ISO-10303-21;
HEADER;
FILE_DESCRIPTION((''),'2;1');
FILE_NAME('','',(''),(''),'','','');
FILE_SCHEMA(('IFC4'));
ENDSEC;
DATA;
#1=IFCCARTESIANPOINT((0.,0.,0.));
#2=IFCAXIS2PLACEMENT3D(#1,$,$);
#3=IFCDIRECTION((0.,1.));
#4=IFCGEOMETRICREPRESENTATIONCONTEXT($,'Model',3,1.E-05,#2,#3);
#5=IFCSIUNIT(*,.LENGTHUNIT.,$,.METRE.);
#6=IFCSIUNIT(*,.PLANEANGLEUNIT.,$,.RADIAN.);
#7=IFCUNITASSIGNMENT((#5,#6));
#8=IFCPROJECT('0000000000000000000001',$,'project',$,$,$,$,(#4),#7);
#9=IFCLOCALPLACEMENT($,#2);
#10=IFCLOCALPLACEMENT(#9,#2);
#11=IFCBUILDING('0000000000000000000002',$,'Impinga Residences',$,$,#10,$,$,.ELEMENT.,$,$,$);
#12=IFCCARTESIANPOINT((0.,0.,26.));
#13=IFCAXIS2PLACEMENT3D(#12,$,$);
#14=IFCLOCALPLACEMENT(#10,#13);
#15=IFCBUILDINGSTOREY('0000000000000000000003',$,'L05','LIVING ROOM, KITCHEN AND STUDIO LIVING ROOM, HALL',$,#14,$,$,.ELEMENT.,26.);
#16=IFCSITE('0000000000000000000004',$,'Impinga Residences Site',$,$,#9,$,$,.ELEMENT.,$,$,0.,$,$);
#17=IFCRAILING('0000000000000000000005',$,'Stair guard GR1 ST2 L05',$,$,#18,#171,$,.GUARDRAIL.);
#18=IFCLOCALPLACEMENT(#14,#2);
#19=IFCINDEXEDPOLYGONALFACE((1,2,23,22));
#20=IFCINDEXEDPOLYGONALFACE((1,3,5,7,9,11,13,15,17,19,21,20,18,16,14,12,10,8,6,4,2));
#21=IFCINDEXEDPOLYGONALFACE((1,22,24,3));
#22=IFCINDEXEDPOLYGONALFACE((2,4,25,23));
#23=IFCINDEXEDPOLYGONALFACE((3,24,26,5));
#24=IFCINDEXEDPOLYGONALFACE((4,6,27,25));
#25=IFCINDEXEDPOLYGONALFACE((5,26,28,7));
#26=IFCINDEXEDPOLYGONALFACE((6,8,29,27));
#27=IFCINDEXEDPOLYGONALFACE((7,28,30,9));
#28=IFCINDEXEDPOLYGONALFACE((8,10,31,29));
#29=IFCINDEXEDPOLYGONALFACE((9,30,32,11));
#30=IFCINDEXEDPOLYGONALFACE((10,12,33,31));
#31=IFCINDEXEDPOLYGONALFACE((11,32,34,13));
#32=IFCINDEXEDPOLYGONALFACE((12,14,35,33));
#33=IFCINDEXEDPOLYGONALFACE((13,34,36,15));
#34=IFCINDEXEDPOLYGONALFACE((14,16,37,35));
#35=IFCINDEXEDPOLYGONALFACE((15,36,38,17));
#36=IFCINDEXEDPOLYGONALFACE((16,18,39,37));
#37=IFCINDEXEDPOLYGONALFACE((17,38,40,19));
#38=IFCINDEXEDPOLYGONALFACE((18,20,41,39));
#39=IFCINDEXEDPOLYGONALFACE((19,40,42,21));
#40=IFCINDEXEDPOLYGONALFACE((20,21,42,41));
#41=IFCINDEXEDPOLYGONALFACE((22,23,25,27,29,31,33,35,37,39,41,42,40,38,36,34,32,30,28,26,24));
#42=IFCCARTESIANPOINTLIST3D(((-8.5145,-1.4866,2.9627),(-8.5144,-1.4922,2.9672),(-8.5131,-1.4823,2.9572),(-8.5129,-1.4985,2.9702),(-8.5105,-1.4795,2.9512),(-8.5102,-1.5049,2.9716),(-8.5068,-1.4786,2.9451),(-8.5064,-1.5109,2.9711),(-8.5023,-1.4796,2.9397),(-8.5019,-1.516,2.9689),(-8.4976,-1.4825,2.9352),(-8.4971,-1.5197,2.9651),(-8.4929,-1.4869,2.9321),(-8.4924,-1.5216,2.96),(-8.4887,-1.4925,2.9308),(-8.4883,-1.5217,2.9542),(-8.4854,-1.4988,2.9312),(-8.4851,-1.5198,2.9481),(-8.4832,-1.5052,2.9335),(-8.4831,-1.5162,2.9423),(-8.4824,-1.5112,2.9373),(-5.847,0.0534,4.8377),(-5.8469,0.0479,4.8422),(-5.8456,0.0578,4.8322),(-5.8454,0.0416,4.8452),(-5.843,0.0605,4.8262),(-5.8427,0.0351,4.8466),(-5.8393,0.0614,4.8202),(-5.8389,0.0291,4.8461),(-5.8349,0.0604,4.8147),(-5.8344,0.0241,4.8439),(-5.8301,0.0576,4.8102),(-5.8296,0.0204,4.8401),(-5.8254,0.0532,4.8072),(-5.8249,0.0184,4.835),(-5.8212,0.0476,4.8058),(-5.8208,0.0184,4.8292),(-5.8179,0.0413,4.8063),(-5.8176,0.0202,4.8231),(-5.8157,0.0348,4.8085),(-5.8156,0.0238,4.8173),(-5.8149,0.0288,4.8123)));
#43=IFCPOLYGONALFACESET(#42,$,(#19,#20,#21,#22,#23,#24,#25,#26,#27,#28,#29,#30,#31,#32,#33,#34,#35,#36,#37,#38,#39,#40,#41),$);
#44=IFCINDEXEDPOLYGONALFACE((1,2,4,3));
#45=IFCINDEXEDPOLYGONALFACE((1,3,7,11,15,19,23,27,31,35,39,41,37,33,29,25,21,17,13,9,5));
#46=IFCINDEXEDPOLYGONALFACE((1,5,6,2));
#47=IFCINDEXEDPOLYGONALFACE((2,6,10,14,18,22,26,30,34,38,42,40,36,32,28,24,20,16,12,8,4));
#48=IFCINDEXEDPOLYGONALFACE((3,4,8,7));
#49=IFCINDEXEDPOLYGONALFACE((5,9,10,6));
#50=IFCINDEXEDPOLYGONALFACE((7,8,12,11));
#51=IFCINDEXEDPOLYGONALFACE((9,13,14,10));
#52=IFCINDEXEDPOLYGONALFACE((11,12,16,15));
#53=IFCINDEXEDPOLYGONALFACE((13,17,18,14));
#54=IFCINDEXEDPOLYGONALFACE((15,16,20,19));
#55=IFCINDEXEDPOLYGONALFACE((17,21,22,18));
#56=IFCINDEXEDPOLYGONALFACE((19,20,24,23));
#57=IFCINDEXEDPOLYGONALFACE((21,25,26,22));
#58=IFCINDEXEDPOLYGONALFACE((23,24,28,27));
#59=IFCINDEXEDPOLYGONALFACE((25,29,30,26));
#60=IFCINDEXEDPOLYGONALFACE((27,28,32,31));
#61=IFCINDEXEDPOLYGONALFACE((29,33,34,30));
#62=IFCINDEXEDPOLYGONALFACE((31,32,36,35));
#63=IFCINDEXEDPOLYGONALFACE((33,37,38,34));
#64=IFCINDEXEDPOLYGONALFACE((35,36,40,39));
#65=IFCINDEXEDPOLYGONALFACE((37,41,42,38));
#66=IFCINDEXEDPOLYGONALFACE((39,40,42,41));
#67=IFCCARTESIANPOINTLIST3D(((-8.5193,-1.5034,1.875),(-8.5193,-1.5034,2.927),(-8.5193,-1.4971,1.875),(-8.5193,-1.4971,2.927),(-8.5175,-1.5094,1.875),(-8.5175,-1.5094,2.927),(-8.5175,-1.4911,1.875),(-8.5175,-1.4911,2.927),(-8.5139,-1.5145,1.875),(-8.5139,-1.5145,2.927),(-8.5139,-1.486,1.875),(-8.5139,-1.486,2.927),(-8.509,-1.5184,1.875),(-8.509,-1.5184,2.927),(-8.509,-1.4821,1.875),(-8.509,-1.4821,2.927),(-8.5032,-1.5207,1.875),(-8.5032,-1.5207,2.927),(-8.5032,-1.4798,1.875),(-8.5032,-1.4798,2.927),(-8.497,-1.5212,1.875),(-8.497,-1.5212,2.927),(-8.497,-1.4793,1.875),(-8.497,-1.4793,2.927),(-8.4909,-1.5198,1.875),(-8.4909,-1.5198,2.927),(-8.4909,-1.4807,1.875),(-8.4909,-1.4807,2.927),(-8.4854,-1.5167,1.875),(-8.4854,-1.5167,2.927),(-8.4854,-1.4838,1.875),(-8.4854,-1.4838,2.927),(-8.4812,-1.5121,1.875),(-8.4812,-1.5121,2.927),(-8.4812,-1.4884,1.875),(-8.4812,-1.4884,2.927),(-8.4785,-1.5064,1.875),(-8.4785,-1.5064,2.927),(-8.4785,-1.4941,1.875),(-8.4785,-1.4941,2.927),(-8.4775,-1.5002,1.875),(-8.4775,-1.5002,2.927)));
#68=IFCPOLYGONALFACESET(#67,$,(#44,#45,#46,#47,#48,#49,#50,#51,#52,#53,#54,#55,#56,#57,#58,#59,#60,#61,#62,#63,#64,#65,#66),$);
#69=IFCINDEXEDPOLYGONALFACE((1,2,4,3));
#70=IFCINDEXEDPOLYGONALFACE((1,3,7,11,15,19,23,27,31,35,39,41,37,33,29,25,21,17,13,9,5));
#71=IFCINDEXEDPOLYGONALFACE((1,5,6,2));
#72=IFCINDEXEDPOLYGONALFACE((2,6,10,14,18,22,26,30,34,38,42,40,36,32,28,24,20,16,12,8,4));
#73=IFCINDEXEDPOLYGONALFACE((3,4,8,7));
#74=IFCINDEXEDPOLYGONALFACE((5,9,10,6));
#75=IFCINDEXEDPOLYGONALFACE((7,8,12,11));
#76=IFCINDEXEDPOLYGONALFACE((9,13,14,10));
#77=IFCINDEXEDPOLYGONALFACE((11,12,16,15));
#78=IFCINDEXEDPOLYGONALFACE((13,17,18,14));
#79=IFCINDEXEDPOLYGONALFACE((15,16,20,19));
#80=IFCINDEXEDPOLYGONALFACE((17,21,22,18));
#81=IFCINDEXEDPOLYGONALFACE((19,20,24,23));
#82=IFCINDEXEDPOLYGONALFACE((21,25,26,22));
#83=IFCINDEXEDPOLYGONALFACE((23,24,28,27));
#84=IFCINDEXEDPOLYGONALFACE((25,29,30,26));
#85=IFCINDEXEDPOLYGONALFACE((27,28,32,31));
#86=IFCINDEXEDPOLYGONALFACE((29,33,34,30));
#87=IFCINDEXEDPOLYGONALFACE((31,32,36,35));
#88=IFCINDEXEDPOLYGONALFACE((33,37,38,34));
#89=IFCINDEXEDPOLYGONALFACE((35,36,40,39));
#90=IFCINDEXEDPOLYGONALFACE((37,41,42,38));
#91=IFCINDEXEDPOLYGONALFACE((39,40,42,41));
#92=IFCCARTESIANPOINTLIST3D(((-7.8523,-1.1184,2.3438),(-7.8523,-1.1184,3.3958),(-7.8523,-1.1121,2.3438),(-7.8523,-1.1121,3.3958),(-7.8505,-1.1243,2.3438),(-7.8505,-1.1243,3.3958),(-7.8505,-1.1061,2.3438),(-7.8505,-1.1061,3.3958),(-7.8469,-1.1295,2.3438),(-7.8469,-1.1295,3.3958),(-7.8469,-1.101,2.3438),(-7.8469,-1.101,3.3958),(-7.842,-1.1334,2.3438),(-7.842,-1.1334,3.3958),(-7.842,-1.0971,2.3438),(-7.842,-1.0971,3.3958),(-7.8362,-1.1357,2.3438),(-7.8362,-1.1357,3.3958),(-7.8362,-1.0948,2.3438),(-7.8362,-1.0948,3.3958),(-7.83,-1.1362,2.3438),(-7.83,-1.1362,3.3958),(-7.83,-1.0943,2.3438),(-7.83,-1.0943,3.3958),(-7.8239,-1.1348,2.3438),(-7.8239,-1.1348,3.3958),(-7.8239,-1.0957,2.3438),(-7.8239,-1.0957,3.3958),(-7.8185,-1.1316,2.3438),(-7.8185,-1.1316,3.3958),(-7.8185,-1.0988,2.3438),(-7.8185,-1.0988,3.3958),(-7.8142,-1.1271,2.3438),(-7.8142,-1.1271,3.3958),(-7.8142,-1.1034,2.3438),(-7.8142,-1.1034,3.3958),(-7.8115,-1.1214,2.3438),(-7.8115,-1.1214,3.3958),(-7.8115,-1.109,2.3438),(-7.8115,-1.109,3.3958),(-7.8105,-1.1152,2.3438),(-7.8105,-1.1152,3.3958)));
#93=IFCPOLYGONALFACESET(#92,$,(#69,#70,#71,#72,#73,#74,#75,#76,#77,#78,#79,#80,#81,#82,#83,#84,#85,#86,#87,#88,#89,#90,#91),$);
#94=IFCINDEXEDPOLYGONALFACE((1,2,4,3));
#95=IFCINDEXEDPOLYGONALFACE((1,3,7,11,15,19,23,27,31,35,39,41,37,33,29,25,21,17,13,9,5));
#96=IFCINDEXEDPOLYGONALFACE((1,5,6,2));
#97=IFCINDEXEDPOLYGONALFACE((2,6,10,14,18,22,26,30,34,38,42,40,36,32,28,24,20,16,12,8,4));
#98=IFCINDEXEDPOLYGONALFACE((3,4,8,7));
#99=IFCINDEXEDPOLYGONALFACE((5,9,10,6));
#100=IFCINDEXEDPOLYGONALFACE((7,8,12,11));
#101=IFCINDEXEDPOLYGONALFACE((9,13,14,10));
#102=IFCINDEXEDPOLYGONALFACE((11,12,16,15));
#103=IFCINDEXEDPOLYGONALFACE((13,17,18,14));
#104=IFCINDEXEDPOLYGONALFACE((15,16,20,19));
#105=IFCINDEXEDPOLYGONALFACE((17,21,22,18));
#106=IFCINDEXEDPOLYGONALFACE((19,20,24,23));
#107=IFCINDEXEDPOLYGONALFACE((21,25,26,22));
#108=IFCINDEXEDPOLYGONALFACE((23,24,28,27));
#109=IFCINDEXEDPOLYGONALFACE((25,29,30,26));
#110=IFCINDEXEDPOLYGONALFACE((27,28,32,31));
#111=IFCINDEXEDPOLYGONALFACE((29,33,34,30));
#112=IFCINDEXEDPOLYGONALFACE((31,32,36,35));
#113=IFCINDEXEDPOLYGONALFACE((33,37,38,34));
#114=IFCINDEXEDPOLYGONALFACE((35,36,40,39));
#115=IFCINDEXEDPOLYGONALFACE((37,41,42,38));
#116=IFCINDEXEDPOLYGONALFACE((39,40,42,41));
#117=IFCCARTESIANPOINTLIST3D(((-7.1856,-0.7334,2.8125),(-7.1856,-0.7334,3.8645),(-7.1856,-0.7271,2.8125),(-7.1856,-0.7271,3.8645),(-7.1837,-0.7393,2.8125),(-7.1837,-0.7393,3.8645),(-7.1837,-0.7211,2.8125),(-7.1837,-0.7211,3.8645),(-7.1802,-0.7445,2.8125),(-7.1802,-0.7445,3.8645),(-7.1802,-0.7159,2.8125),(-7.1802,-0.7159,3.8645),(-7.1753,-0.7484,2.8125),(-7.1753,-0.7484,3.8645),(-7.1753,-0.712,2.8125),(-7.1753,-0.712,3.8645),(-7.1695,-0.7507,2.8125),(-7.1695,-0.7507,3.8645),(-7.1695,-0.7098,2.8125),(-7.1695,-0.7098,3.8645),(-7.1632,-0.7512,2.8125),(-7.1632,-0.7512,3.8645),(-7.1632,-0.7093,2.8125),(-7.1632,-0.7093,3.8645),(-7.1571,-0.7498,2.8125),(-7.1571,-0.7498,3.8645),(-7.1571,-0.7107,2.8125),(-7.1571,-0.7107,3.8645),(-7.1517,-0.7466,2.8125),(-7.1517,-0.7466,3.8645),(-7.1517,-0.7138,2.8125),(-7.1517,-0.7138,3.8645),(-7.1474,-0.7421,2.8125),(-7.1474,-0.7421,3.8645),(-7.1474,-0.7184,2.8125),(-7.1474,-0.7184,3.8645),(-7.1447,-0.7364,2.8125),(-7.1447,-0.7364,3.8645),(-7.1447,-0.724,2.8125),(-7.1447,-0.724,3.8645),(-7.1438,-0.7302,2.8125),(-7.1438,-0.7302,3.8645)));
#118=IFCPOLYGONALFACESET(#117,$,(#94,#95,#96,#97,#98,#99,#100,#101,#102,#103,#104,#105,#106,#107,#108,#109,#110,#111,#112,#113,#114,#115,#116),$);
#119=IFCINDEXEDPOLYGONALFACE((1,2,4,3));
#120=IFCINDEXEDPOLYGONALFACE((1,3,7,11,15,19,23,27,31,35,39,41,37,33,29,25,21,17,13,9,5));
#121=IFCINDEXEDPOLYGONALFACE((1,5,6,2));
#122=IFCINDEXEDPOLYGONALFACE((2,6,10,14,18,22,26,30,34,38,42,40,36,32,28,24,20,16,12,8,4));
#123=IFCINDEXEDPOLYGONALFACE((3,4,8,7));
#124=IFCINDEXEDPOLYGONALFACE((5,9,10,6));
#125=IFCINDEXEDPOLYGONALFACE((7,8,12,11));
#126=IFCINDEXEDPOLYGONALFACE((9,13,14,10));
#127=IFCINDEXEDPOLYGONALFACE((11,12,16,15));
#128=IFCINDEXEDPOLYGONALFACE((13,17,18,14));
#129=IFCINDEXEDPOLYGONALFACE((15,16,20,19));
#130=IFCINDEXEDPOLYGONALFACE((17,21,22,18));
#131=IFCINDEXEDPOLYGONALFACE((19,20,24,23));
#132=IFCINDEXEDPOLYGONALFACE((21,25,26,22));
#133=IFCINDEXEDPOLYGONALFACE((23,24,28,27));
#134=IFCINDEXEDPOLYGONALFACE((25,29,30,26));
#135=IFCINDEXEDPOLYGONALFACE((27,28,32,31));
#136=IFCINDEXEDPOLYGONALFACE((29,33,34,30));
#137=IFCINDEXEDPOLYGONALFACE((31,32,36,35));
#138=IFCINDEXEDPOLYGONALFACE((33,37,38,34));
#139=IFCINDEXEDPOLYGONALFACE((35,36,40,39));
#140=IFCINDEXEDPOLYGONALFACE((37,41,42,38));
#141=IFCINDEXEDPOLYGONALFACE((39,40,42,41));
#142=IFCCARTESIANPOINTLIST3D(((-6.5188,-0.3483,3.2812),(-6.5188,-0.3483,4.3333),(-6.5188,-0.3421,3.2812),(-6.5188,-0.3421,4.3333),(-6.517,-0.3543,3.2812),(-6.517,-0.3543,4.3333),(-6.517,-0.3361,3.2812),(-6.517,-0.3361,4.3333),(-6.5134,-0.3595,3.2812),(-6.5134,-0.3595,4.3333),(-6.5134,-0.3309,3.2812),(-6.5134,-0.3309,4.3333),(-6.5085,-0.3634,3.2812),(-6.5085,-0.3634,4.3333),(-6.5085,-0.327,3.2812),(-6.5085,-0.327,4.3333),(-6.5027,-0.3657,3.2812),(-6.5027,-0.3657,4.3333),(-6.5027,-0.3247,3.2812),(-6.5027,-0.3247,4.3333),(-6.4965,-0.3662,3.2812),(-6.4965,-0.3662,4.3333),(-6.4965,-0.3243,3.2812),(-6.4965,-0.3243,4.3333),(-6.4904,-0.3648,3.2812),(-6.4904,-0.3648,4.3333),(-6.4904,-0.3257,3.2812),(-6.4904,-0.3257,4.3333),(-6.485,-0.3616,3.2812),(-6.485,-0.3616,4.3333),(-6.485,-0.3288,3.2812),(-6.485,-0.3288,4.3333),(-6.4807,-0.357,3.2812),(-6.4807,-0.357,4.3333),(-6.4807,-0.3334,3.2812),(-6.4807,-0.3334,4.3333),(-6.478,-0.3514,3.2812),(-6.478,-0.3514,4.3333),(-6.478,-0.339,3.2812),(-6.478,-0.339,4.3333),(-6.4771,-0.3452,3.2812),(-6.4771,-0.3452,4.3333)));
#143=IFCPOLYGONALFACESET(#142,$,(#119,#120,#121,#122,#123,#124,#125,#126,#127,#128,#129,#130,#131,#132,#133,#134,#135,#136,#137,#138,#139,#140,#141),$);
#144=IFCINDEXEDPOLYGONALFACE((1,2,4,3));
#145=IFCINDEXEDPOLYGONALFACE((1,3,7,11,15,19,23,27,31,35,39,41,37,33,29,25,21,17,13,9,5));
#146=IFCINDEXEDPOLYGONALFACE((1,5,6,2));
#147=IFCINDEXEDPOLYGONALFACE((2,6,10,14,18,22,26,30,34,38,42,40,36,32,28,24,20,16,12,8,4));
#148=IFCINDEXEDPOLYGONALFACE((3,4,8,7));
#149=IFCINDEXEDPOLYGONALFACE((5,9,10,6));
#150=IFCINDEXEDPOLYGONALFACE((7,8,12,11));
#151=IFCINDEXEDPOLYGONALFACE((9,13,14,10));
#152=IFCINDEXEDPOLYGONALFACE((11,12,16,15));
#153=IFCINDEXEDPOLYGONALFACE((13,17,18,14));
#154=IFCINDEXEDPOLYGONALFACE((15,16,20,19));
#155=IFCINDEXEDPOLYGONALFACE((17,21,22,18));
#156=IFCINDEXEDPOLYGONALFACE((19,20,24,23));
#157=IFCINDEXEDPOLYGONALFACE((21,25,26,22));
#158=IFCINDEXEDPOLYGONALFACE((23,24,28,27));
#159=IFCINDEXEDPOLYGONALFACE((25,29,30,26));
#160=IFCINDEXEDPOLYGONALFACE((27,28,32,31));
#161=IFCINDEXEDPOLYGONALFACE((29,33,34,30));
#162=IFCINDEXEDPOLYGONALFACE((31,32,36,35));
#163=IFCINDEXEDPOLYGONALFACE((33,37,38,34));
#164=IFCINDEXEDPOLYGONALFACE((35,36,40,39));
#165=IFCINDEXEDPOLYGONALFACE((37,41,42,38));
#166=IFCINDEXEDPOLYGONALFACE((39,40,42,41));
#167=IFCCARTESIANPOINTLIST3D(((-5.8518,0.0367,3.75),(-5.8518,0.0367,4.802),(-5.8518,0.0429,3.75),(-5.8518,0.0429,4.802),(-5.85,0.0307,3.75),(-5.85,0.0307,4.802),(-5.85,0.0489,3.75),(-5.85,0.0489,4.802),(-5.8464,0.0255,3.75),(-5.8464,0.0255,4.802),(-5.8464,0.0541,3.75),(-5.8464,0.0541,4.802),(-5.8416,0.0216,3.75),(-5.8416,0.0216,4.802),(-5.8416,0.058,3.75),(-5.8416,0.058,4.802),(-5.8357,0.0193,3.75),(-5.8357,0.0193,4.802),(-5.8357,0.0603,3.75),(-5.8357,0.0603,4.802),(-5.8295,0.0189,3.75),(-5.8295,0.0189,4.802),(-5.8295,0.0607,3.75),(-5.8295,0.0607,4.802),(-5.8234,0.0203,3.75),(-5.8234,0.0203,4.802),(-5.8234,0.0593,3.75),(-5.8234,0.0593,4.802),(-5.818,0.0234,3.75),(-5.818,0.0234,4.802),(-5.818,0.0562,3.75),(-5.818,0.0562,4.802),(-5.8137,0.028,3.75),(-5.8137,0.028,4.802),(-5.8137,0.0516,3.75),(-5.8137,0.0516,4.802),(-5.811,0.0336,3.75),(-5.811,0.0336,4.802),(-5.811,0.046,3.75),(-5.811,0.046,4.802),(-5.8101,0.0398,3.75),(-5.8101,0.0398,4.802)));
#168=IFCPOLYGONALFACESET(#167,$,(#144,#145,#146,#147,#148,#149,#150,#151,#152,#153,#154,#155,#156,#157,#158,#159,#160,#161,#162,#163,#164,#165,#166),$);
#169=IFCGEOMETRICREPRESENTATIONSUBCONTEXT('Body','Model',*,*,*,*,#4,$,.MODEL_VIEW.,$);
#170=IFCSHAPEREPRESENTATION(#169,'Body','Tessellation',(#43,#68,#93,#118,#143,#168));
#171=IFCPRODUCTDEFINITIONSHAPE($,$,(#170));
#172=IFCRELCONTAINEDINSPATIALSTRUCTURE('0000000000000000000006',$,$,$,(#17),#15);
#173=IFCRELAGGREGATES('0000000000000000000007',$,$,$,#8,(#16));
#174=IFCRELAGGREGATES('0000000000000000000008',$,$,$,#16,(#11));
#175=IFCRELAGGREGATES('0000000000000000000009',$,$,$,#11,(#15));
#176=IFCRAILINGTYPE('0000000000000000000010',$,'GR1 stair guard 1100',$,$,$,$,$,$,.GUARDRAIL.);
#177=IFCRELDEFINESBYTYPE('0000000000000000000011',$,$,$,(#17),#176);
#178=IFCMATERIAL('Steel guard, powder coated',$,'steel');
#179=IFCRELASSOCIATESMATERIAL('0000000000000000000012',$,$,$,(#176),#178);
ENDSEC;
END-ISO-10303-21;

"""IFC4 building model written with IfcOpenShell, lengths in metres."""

from ifc_helpers import new_model, si_unit, direction, frame, origin, origin_2d, place, context, subcontext, project, spatial, circle, extrude, material, type_object, element, save


model = new_model("IFC4")

# Units and contexts
model_context = context("Model", 3, precision=1e-05, world=origin(), true_north=direction((0.0, 1.0)))
body_context = subcontext(model_context, "Body", "Model", "MODEL_VIEW")
ifc_project = project(units=[si_unit("LENGTHUNIT", "METRE"), si_unit("PLANEANGLEUNIT", "RADIAN")], contexts=[model_context])

# Site, building, storey
site_placement = place(None, origin())
site = spatial("IfcSite", under=ifc_project, at=site_placement, Name="Impinga Residences Site", CompositionType="ELEMENT", RefElevation=0.0)
building_placement = place(site_placement, origin())
building = spatial("IfcBuilding", under=site, at=building_placement, Name="Impinga Residences", CompositionType="ELEMENT")
storey_placement = place(building_placement, frame((0.0, 0.0, 26.0)))
storey = spatial("IfcBuildingStorey", under=building, at=storey_placement, Name="L05", Description="LIVING ROOM, KITCHEN AND STUDIO LIVING ROOM, HALL", CompositionType="ELEMENT", Elevation=26.0)

# Railing
ifc_material_1 = material(Name="Steel guard, powder coated", Category="steel")
railing_type_1 = type_object("IfcRailingType", Name="GR1 stair guard 1100", PredefinedType="GUARDRAIL", material=ifc_material_1)
railing_1_placement = place(storey_placement, frame((-8.4985, -1.5002, 1.875)))
element("IfcRailing", 1, at=railing_1_placement, inside=storey, type_object=railing_type_1, Name="Stair guard GR1 ST2 L05", PredefinedType="GUARDRAIL", context=body_context, shape_type="SweptSolid", body=[
    extrude(circle(Radius=0.0239, at=origin_2d()), frame((0.0, 0.0, 1.0762), z_axis=(0.739746, 0.427084, 0.519975), x_axis=(-0.499992, 0.86603, 0.0)), (0.0, 0.0, 1.0), 3.606),
    extrude(circle(Radius=0.021, at=origin_2d()), origin(), (0.0, 0.0, 1.0), 1.052),
    extrude(circle(Radius=0.021, at=origin_2d()), frame((0.667, 0.385, 0.4688)), (0.0, 0.0, 1.0), 1.052),
    extrude(circle(Radius=0.021, at=origin_2d()), frame((1.3337, 0.77, 0.9375)), (0.0, 0.0, 1.0), 1.052),
    extrude(circle(Radius=0.021, at=origin_2d()), frame((2.0005, 1.155, 1.4062)), (0.0, 0.0, 1.0), 1.052),
    extrude(circle(Radius=0.021, at=origin_2d()), frame((2.6675, 1.54, 1.875)), (0.0, 0.0, 1.0), 1.052),
])

save(model, "model.ifc")
